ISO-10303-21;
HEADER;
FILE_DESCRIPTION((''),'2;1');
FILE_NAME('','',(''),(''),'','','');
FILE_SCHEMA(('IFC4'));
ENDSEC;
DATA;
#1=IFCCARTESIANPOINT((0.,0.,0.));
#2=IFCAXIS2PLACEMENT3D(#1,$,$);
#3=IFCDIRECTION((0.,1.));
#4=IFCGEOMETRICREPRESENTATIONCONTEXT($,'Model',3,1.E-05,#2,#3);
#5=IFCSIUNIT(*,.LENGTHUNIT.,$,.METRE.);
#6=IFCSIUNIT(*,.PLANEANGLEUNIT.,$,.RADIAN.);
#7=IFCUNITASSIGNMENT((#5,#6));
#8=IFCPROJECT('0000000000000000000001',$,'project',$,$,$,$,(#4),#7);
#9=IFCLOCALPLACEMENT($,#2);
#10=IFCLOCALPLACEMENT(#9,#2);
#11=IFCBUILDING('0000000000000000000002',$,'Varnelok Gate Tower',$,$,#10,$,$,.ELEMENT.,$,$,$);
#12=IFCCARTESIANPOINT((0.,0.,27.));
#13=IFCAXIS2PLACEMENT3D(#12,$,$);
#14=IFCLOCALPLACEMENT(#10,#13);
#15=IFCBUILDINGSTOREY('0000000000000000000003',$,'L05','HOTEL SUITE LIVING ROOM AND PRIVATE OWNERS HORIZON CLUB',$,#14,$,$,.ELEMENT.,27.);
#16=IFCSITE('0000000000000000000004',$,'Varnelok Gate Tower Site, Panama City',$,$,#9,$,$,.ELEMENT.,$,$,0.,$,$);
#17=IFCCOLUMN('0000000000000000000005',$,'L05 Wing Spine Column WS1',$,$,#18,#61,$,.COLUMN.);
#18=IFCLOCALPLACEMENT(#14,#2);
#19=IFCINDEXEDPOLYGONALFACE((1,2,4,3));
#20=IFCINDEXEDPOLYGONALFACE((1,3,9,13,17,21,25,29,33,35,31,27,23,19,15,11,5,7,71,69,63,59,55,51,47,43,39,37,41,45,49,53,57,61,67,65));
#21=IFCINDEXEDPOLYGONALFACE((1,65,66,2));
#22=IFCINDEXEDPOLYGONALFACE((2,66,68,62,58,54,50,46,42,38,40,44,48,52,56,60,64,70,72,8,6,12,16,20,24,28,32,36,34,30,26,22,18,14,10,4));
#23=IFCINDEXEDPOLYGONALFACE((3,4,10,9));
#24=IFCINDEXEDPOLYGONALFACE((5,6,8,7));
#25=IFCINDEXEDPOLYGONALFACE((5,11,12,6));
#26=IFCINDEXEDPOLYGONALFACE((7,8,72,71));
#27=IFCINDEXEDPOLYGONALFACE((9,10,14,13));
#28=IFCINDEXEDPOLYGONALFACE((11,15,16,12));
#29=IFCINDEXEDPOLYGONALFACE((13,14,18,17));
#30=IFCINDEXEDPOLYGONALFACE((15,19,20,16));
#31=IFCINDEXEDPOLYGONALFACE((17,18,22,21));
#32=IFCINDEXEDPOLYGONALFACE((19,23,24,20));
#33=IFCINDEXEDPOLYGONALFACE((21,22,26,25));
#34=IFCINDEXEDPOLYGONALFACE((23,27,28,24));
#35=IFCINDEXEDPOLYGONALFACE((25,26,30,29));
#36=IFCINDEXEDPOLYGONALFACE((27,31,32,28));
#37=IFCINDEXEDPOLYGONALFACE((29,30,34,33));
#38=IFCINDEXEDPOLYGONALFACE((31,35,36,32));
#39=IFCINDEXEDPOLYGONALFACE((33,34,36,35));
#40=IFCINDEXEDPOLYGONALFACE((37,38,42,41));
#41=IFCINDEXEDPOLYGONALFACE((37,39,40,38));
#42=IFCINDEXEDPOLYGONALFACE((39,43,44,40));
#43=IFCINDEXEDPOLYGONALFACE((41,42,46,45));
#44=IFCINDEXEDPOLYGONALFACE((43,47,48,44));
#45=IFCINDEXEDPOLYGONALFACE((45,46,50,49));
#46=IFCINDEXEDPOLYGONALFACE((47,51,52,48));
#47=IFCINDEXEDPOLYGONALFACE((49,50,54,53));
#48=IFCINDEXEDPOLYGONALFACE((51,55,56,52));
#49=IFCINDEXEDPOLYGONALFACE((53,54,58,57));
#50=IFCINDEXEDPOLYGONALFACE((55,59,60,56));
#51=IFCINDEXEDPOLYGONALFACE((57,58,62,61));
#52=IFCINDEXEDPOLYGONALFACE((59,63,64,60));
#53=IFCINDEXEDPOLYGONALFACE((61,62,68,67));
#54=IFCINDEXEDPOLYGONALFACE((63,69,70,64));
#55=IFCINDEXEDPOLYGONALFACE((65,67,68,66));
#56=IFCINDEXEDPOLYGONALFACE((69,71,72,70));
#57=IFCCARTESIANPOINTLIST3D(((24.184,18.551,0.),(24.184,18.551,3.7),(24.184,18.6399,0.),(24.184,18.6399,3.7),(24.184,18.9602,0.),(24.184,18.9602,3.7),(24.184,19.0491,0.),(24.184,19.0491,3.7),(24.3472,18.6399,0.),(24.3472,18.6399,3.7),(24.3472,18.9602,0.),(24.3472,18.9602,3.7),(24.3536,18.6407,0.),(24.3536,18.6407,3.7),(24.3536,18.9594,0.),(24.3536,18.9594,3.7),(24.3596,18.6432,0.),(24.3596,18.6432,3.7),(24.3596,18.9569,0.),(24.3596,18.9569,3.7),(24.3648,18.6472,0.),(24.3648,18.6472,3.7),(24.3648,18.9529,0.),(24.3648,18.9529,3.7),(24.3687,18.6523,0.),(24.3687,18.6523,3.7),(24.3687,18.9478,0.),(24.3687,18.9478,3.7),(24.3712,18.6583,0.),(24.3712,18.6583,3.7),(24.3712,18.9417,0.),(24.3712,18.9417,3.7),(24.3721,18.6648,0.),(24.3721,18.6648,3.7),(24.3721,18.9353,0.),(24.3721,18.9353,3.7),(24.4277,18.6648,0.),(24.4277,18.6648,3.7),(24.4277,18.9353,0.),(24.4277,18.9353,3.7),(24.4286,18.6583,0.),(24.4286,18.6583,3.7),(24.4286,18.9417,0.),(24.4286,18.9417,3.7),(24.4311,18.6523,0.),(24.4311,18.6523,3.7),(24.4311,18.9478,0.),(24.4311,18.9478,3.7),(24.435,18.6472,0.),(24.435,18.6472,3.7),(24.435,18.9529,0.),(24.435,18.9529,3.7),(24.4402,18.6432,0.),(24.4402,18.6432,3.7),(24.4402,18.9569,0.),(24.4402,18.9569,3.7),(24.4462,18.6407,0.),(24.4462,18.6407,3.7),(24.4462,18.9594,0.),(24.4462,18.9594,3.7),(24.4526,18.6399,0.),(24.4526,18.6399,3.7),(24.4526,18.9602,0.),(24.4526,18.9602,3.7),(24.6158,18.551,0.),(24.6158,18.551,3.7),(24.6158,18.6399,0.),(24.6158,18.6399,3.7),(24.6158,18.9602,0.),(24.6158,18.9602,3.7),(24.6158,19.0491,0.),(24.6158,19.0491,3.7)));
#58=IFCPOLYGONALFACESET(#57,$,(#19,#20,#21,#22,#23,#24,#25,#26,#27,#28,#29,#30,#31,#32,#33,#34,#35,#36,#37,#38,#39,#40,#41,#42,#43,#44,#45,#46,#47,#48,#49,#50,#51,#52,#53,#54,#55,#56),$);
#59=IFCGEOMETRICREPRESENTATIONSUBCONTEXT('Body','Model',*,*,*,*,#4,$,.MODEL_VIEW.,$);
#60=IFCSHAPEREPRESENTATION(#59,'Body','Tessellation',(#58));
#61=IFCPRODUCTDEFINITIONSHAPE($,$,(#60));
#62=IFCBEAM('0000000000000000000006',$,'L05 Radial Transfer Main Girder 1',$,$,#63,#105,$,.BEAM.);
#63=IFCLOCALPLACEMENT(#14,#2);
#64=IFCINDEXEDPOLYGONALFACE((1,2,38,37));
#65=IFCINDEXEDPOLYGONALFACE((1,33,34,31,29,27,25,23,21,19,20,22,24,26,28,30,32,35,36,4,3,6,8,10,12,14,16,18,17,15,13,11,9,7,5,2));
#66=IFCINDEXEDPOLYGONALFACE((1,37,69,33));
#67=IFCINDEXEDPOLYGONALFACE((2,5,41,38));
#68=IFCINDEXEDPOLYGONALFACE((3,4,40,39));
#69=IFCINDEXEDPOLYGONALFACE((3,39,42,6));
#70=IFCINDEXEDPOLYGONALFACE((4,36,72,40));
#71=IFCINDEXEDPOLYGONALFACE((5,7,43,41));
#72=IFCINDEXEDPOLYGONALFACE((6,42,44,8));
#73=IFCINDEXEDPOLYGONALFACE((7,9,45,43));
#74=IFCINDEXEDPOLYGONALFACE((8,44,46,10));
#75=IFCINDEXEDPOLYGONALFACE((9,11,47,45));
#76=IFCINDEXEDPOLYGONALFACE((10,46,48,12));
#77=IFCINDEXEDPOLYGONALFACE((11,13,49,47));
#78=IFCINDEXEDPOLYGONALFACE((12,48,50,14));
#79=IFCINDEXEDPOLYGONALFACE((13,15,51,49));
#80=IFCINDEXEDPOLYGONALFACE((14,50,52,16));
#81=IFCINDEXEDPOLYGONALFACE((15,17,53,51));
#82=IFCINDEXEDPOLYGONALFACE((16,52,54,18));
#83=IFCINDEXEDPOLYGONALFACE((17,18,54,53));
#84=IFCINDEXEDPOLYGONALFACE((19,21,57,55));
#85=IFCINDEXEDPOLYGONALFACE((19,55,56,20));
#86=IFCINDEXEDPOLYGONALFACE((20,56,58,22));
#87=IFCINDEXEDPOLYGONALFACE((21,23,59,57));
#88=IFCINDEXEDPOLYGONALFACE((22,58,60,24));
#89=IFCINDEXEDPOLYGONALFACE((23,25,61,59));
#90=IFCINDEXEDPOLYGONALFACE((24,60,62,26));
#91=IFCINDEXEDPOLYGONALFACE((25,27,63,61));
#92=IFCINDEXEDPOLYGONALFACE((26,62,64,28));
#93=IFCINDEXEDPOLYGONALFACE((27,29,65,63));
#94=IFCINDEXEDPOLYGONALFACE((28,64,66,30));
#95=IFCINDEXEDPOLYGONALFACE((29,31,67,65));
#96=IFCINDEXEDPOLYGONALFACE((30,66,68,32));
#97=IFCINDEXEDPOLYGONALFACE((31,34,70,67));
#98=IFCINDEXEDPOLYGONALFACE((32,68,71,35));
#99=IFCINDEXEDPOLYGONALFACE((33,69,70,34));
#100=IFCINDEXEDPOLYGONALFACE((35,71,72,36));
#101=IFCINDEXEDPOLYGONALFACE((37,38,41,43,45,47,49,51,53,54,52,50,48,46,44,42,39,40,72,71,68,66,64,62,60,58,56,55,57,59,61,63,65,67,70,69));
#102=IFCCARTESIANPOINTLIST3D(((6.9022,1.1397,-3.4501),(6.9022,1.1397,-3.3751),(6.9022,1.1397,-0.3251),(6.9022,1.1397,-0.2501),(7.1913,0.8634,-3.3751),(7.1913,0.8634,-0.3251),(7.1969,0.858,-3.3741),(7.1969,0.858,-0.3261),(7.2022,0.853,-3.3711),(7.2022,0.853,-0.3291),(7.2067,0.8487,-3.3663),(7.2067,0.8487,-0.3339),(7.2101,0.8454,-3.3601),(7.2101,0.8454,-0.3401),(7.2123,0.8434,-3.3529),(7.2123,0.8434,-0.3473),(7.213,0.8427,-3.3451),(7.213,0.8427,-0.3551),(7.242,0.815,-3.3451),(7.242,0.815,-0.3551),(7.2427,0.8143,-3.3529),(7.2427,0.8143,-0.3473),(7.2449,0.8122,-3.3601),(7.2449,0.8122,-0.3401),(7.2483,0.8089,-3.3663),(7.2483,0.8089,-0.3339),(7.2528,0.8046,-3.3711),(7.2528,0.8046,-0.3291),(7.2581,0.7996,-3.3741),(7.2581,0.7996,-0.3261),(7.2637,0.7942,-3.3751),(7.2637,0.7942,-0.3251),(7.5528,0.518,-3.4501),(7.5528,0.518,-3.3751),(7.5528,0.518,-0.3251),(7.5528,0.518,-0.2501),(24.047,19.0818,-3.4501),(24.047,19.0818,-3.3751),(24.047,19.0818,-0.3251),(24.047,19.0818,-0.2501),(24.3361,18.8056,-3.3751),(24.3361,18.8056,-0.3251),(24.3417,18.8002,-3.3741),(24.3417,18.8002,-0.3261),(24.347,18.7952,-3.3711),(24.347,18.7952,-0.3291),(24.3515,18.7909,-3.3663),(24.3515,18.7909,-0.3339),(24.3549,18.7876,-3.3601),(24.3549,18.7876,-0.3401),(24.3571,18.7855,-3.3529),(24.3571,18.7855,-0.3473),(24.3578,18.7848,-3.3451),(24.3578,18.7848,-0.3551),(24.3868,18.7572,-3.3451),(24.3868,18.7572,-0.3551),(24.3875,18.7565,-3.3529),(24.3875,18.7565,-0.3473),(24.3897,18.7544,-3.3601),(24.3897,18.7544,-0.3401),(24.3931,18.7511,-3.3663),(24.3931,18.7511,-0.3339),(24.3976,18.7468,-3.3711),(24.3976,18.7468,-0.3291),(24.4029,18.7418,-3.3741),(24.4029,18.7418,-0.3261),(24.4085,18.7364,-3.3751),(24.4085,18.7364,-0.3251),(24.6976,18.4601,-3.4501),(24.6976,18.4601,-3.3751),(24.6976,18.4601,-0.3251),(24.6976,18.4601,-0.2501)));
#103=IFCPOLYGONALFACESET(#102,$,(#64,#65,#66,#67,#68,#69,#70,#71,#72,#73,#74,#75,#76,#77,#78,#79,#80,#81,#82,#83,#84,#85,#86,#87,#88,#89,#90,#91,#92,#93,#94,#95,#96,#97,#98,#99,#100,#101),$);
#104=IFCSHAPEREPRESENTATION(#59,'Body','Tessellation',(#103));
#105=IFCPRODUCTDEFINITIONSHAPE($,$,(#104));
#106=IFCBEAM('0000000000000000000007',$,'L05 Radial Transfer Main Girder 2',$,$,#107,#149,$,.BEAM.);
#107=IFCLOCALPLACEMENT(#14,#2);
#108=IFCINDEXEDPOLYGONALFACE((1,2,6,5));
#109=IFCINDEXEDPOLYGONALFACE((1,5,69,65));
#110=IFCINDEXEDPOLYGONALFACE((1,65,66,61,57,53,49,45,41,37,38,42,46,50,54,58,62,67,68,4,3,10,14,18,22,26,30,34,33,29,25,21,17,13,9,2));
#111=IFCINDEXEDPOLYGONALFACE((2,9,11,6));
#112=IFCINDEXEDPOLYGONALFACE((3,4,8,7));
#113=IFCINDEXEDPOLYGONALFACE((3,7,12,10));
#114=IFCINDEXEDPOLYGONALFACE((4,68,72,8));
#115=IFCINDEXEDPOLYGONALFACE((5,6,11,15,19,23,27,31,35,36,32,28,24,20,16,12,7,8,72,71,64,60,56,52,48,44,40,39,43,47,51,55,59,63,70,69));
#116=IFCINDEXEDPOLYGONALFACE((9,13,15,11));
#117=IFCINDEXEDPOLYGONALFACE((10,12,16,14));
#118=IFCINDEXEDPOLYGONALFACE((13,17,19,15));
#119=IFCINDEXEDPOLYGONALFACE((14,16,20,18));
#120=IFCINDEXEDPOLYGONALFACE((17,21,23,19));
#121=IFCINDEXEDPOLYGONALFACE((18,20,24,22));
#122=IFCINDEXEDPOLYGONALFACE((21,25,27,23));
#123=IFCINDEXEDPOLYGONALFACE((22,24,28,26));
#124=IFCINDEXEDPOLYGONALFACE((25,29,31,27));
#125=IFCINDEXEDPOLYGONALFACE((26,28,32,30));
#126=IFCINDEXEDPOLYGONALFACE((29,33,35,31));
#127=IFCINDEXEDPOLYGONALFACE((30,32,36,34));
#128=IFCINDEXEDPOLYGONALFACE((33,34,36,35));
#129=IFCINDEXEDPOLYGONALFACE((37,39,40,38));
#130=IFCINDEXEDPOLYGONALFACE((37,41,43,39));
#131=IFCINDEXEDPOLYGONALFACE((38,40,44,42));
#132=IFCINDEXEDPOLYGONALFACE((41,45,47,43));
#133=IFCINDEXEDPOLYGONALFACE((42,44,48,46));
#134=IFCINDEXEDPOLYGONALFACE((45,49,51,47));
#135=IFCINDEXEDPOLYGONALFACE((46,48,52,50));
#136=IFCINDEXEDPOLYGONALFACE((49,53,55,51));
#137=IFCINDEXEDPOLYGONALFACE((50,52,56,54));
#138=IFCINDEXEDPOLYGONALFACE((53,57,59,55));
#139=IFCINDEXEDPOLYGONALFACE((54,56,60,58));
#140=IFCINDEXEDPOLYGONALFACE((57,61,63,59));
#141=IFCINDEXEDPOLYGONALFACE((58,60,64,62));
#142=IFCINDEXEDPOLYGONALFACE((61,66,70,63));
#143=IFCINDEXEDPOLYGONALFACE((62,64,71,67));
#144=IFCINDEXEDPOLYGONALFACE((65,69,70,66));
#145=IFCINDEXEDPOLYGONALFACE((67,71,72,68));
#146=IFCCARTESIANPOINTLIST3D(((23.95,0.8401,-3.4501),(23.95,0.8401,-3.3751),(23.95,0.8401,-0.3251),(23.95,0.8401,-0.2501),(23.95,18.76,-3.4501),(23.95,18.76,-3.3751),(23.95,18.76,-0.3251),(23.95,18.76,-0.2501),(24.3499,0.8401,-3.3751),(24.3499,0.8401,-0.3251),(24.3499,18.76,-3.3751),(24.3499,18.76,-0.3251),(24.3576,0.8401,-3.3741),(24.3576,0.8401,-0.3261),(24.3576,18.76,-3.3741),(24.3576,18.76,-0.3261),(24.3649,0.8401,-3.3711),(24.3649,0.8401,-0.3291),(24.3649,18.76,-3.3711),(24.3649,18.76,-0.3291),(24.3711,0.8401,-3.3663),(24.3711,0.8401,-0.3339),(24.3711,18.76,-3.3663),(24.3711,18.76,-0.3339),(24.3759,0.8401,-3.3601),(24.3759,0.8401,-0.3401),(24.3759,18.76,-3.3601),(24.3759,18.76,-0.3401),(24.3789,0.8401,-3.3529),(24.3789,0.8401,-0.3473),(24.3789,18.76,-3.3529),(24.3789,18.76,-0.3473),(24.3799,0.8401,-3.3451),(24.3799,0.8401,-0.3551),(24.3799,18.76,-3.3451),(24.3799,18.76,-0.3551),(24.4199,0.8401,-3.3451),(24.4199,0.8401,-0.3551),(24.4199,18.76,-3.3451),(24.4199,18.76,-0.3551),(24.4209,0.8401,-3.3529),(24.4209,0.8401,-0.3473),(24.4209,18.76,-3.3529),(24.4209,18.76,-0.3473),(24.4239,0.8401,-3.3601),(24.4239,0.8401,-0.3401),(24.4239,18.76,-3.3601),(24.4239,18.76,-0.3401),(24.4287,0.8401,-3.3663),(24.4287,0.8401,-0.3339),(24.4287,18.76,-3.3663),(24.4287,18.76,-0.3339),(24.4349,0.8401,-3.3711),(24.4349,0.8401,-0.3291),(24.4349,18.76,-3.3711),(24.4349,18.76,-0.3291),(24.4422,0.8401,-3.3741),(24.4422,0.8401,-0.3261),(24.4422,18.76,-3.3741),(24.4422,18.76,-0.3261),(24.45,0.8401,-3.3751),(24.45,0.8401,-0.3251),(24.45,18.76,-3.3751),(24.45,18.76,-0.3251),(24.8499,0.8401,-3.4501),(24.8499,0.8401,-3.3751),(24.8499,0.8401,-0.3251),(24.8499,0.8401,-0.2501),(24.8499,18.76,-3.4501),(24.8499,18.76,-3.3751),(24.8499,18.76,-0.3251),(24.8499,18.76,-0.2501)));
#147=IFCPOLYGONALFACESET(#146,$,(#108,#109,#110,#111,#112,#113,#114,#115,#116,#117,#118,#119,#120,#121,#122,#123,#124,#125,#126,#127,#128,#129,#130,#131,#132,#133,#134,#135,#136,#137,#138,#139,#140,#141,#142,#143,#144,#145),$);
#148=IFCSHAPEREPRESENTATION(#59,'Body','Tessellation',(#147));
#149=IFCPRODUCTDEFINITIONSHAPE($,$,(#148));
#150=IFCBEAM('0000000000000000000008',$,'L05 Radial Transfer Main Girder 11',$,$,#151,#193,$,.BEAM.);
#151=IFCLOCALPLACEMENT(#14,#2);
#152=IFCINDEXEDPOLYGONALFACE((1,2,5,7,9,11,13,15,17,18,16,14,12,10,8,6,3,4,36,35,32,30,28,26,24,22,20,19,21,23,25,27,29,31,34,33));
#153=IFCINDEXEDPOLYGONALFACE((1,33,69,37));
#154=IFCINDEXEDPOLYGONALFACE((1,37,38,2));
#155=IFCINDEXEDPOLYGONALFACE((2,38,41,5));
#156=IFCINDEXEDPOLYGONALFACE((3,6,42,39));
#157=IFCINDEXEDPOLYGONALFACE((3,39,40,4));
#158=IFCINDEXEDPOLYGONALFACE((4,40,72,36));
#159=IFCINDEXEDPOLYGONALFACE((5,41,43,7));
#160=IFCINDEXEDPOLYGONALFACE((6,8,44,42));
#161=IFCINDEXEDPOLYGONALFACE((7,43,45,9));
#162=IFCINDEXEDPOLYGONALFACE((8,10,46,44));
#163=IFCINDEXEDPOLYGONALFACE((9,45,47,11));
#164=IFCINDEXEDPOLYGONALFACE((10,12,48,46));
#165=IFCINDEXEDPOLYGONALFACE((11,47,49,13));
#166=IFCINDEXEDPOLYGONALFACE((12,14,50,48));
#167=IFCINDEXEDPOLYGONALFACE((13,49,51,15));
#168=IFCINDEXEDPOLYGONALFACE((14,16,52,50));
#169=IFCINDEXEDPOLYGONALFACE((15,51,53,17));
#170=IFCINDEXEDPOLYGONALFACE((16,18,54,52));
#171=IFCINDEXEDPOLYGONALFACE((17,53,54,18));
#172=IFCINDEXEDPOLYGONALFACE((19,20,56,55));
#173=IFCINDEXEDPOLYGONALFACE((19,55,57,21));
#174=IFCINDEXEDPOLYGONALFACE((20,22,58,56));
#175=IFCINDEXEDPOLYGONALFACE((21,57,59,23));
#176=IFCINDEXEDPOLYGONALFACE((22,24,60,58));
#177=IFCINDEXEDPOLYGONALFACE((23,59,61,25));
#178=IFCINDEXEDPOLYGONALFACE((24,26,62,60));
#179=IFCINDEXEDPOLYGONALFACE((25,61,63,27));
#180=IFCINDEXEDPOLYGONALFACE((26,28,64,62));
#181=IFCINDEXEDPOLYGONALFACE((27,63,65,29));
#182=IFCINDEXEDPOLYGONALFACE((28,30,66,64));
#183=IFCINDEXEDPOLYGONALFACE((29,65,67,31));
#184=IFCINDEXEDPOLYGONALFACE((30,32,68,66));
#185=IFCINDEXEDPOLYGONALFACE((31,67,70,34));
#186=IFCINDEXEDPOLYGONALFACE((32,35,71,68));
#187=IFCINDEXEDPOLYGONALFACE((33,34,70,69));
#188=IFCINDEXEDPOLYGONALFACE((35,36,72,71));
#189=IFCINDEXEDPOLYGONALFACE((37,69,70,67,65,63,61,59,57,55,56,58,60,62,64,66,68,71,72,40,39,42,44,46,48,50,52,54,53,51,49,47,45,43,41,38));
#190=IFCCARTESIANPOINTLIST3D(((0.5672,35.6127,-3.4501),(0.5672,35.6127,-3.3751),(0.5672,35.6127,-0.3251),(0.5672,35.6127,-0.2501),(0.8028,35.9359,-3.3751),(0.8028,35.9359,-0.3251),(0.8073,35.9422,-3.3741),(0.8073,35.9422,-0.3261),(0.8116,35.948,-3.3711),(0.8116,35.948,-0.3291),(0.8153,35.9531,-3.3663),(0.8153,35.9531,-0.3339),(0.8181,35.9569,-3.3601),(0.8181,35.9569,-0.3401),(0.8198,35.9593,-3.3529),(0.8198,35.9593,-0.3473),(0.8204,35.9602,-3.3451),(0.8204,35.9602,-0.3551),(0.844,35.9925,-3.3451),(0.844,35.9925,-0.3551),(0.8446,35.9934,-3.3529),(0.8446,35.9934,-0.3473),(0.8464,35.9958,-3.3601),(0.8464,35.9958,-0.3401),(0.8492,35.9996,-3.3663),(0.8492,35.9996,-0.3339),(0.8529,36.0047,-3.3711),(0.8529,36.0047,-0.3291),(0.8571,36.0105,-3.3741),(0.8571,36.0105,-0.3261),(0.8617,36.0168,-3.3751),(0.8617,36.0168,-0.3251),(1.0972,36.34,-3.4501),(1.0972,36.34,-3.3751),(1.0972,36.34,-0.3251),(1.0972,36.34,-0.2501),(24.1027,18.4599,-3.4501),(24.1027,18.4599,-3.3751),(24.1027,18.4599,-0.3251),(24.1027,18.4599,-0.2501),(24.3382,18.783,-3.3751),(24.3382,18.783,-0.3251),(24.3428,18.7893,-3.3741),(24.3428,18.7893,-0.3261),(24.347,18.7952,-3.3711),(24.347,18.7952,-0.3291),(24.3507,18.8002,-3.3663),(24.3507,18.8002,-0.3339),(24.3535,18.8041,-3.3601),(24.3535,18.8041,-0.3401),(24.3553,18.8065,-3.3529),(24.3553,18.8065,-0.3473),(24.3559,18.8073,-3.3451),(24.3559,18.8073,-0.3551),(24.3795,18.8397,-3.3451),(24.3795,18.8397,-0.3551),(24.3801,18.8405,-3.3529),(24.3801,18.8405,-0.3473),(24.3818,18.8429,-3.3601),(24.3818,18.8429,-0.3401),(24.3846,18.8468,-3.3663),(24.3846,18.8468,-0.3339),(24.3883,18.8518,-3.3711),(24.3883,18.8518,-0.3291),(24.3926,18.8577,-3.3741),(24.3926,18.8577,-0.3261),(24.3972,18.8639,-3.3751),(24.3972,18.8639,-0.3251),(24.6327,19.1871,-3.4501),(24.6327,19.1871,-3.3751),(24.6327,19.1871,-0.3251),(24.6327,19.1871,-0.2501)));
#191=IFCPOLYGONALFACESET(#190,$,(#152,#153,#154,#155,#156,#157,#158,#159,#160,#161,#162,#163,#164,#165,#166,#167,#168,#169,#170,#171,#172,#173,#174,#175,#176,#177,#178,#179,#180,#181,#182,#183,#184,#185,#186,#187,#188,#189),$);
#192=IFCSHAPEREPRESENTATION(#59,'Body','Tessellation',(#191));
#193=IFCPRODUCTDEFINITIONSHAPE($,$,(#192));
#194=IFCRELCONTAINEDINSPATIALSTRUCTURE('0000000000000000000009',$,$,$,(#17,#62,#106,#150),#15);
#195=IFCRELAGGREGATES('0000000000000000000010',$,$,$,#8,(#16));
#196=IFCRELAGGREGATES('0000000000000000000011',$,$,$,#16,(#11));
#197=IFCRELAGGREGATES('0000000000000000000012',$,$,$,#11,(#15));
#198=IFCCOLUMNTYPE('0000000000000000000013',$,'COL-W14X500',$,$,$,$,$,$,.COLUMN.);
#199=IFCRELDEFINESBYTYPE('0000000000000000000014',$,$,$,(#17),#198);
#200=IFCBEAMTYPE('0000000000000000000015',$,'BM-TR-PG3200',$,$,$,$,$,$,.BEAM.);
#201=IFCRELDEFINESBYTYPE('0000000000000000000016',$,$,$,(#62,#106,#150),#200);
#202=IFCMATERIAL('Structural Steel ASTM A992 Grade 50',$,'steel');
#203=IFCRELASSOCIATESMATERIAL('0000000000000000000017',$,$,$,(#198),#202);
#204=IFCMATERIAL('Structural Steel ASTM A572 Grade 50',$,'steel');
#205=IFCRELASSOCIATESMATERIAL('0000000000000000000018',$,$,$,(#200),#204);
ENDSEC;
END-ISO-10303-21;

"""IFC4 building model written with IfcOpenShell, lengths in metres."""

from ifc_helpers import new_model, si_unit, direction, frame, origin, origin_2d, place, context, subcontext, project, spatial, i_section, extrude, material, material_profile, profile_set, type_object, element, save


model = new_model("IFC4")

# Units and contexts
model_context = context("Model", 3, precision=1e-05, world=origin(), true_north=direction((0.0, 1.0)))
body_context = subcontext(model_context, "Body", "Model", "MODEL_VIEW")
ifc_project = project(units=[si_unit("LENGTHUNIT", "METRE"), si_unit("PLANEANGLEUNIT", "RADIAN")], contexts=[model_context])

# Site, building, storey
site_placement = place(None, origin())
site = spatial("IfcSite", under=ifc_project, at=site_placement, Name="Varnelok Gate Tower Site, Panama City", CompositionType="ELEMENT", RefElevation=0.0)
building_placement = place(site_placement, origin())
building = spatial("IfcBuilding", under=site, at=building_placement, Name="Varnelok Gate Tower", CompositionType="ELEMENT")
storey_placement = place(building_placement, frame((0.0, 0.0, 27.0)))
storey = spatial("IfcBuildingStorey", under=building, at=storey_placement, Name="L05", Description="HOTEL SUITE LIVING ROOM AND PRIVATE OWNERS HORIZON CLUB", CompositionType="ELEMENT", Elevation=27.0)

# Column
ifc_material_1 = material(Name="Structural Steel ASTM A992 Grade 50", Category="steel")
ifc_material_profile_1 = material_profile(ifc_material_1, i_section(OverallWidth=0.4319, OverallDepth=0.498, WebThickness=0.0557, FlangeThickness=0.0889, FilletRadius=0.0249, at=origin_2d()), Name="W14X500")
ifc_profile_set_1 = profile_set([ifc_material_profile_1], Name="Structural Steel ASTM A992 Grade 50")
column_type = type_object("IfcColumnType", Name="COL-W14X500", PredefinedType="COLUMN", material=ifc_profile_set_1)
column_placement = place(storey_placement, frame((24.3999, 18.8, 0.0), z_axis=(0.0, 0.0, 1.0), x_axis=(1.0, 0.0, 0.0)))
element("IfcColumn", 1, at=column_placement, inside=storey, type_object=column_type, Name="L05 Wing Spine Column WS1", PredefinedType="COLUMN", context=body_context, shape_type="SweptSolid", body=[
    extrude(i_section(OverallWidth=0.4319, OverallDepth=0.498, WebThickness=0.0557, FlangeThickness=0.0889, FilletRadius=0.0249, at=origin_2d()), origin(), (0.0, 0.0, 1.0), 3.7),
])

# Beams
ifc_material_2 = material(Name="Structural Steel ASTM A572 Grade 50", Category="steel")
ifc_material_profile_2 = material_profile(ifc_material_2, i_section(OverallWidth=0.8999, OverallDepth=3.2, WebThickness=0.04, FlangeThickness=0.075, FilletRadius=0.03, at=origin_2d()), Name="PG3200X900")
ifc_profile_set_2 = profile_set([ifc_material_profile_2], Name="Structural Steel ASTM A572 Grade 50")
beam_type = type_object("IfcBeamType", Name="BM-TR-PG3200", PredefinedType="BEAM", material=ifc_profile_set_2)
beam_1_placement = place(storey_placement, frame((24.3723, 18.771, -1.8501), z_axis=(-0.690859, -0.722989, 0.0), x_axis=(0.722989, -0.690859, 0.0)))
element("IfcBeam", 2, at=beam_1_placement, inside=storey, type_object=beam_type, Name="L05 Radial Transfer Main Girder 1", PredefinedType="BEAM", context=body_context, shape_type="SweptSolid", body=[
    extrude(i_section(OverallWidth=0.8999, OverallDepth=3.2, WebThickness=0.04, FlangeThickness=0.075, FilletRadius=0.03, at=origin_2d()), origin(), (0.0, 0.0, 1.0), 24.8167),
])
beam_2_placement = place(storey_placement, frame((24.3999, 18.76, -1.8501), z_axis=(0.0, -1.0, 0.0), x_axis=(1.0, 0.0, 0.0)))
element("IfcBeam", 3, at=beam_2_placement, inside=storey, type_object=beam_type, Name="L05 Radial Transfer Main Girder 2", PredefinedType="BEAM", context=body_context, shape_type="SweptSolid", body=[
    extrude(i_section(OverallWidth=0.8999, OverallDepth=3.2, WebThickness=0.04, FlangeThickness=0.075, FilletRadius=0.03, at=origin_2d()), origin(), (0.0, 0.0, 1.0), 17.9199),
])
beam_3_placement = place(storey_placement, frame((24.3677, 18.8235, -1.8501), z_axis=(-0.808145, 0.588984, 0.0), x_axis=(-0.588984, -0.808145, 0.0)))
element("IfcBeam", 4, at=beam_3_placement, inside=storey, type_object=beam_type, Name="L05 Radial Transfer Main Girder 11", PredefinedType="BEAM", context=body_context, shape_type="SweptSolid", body=[
    extrude(i_section(OverallWidth=0.8999, OverallDepth=3.2, WebThickness=0.04, FlangeThickness=0.075, FilletRadius=0.03, at=origin_2d()), origin(), (0.0, 0.0, 1.0), 29.1228),
])

save(model, "model.ifc")
